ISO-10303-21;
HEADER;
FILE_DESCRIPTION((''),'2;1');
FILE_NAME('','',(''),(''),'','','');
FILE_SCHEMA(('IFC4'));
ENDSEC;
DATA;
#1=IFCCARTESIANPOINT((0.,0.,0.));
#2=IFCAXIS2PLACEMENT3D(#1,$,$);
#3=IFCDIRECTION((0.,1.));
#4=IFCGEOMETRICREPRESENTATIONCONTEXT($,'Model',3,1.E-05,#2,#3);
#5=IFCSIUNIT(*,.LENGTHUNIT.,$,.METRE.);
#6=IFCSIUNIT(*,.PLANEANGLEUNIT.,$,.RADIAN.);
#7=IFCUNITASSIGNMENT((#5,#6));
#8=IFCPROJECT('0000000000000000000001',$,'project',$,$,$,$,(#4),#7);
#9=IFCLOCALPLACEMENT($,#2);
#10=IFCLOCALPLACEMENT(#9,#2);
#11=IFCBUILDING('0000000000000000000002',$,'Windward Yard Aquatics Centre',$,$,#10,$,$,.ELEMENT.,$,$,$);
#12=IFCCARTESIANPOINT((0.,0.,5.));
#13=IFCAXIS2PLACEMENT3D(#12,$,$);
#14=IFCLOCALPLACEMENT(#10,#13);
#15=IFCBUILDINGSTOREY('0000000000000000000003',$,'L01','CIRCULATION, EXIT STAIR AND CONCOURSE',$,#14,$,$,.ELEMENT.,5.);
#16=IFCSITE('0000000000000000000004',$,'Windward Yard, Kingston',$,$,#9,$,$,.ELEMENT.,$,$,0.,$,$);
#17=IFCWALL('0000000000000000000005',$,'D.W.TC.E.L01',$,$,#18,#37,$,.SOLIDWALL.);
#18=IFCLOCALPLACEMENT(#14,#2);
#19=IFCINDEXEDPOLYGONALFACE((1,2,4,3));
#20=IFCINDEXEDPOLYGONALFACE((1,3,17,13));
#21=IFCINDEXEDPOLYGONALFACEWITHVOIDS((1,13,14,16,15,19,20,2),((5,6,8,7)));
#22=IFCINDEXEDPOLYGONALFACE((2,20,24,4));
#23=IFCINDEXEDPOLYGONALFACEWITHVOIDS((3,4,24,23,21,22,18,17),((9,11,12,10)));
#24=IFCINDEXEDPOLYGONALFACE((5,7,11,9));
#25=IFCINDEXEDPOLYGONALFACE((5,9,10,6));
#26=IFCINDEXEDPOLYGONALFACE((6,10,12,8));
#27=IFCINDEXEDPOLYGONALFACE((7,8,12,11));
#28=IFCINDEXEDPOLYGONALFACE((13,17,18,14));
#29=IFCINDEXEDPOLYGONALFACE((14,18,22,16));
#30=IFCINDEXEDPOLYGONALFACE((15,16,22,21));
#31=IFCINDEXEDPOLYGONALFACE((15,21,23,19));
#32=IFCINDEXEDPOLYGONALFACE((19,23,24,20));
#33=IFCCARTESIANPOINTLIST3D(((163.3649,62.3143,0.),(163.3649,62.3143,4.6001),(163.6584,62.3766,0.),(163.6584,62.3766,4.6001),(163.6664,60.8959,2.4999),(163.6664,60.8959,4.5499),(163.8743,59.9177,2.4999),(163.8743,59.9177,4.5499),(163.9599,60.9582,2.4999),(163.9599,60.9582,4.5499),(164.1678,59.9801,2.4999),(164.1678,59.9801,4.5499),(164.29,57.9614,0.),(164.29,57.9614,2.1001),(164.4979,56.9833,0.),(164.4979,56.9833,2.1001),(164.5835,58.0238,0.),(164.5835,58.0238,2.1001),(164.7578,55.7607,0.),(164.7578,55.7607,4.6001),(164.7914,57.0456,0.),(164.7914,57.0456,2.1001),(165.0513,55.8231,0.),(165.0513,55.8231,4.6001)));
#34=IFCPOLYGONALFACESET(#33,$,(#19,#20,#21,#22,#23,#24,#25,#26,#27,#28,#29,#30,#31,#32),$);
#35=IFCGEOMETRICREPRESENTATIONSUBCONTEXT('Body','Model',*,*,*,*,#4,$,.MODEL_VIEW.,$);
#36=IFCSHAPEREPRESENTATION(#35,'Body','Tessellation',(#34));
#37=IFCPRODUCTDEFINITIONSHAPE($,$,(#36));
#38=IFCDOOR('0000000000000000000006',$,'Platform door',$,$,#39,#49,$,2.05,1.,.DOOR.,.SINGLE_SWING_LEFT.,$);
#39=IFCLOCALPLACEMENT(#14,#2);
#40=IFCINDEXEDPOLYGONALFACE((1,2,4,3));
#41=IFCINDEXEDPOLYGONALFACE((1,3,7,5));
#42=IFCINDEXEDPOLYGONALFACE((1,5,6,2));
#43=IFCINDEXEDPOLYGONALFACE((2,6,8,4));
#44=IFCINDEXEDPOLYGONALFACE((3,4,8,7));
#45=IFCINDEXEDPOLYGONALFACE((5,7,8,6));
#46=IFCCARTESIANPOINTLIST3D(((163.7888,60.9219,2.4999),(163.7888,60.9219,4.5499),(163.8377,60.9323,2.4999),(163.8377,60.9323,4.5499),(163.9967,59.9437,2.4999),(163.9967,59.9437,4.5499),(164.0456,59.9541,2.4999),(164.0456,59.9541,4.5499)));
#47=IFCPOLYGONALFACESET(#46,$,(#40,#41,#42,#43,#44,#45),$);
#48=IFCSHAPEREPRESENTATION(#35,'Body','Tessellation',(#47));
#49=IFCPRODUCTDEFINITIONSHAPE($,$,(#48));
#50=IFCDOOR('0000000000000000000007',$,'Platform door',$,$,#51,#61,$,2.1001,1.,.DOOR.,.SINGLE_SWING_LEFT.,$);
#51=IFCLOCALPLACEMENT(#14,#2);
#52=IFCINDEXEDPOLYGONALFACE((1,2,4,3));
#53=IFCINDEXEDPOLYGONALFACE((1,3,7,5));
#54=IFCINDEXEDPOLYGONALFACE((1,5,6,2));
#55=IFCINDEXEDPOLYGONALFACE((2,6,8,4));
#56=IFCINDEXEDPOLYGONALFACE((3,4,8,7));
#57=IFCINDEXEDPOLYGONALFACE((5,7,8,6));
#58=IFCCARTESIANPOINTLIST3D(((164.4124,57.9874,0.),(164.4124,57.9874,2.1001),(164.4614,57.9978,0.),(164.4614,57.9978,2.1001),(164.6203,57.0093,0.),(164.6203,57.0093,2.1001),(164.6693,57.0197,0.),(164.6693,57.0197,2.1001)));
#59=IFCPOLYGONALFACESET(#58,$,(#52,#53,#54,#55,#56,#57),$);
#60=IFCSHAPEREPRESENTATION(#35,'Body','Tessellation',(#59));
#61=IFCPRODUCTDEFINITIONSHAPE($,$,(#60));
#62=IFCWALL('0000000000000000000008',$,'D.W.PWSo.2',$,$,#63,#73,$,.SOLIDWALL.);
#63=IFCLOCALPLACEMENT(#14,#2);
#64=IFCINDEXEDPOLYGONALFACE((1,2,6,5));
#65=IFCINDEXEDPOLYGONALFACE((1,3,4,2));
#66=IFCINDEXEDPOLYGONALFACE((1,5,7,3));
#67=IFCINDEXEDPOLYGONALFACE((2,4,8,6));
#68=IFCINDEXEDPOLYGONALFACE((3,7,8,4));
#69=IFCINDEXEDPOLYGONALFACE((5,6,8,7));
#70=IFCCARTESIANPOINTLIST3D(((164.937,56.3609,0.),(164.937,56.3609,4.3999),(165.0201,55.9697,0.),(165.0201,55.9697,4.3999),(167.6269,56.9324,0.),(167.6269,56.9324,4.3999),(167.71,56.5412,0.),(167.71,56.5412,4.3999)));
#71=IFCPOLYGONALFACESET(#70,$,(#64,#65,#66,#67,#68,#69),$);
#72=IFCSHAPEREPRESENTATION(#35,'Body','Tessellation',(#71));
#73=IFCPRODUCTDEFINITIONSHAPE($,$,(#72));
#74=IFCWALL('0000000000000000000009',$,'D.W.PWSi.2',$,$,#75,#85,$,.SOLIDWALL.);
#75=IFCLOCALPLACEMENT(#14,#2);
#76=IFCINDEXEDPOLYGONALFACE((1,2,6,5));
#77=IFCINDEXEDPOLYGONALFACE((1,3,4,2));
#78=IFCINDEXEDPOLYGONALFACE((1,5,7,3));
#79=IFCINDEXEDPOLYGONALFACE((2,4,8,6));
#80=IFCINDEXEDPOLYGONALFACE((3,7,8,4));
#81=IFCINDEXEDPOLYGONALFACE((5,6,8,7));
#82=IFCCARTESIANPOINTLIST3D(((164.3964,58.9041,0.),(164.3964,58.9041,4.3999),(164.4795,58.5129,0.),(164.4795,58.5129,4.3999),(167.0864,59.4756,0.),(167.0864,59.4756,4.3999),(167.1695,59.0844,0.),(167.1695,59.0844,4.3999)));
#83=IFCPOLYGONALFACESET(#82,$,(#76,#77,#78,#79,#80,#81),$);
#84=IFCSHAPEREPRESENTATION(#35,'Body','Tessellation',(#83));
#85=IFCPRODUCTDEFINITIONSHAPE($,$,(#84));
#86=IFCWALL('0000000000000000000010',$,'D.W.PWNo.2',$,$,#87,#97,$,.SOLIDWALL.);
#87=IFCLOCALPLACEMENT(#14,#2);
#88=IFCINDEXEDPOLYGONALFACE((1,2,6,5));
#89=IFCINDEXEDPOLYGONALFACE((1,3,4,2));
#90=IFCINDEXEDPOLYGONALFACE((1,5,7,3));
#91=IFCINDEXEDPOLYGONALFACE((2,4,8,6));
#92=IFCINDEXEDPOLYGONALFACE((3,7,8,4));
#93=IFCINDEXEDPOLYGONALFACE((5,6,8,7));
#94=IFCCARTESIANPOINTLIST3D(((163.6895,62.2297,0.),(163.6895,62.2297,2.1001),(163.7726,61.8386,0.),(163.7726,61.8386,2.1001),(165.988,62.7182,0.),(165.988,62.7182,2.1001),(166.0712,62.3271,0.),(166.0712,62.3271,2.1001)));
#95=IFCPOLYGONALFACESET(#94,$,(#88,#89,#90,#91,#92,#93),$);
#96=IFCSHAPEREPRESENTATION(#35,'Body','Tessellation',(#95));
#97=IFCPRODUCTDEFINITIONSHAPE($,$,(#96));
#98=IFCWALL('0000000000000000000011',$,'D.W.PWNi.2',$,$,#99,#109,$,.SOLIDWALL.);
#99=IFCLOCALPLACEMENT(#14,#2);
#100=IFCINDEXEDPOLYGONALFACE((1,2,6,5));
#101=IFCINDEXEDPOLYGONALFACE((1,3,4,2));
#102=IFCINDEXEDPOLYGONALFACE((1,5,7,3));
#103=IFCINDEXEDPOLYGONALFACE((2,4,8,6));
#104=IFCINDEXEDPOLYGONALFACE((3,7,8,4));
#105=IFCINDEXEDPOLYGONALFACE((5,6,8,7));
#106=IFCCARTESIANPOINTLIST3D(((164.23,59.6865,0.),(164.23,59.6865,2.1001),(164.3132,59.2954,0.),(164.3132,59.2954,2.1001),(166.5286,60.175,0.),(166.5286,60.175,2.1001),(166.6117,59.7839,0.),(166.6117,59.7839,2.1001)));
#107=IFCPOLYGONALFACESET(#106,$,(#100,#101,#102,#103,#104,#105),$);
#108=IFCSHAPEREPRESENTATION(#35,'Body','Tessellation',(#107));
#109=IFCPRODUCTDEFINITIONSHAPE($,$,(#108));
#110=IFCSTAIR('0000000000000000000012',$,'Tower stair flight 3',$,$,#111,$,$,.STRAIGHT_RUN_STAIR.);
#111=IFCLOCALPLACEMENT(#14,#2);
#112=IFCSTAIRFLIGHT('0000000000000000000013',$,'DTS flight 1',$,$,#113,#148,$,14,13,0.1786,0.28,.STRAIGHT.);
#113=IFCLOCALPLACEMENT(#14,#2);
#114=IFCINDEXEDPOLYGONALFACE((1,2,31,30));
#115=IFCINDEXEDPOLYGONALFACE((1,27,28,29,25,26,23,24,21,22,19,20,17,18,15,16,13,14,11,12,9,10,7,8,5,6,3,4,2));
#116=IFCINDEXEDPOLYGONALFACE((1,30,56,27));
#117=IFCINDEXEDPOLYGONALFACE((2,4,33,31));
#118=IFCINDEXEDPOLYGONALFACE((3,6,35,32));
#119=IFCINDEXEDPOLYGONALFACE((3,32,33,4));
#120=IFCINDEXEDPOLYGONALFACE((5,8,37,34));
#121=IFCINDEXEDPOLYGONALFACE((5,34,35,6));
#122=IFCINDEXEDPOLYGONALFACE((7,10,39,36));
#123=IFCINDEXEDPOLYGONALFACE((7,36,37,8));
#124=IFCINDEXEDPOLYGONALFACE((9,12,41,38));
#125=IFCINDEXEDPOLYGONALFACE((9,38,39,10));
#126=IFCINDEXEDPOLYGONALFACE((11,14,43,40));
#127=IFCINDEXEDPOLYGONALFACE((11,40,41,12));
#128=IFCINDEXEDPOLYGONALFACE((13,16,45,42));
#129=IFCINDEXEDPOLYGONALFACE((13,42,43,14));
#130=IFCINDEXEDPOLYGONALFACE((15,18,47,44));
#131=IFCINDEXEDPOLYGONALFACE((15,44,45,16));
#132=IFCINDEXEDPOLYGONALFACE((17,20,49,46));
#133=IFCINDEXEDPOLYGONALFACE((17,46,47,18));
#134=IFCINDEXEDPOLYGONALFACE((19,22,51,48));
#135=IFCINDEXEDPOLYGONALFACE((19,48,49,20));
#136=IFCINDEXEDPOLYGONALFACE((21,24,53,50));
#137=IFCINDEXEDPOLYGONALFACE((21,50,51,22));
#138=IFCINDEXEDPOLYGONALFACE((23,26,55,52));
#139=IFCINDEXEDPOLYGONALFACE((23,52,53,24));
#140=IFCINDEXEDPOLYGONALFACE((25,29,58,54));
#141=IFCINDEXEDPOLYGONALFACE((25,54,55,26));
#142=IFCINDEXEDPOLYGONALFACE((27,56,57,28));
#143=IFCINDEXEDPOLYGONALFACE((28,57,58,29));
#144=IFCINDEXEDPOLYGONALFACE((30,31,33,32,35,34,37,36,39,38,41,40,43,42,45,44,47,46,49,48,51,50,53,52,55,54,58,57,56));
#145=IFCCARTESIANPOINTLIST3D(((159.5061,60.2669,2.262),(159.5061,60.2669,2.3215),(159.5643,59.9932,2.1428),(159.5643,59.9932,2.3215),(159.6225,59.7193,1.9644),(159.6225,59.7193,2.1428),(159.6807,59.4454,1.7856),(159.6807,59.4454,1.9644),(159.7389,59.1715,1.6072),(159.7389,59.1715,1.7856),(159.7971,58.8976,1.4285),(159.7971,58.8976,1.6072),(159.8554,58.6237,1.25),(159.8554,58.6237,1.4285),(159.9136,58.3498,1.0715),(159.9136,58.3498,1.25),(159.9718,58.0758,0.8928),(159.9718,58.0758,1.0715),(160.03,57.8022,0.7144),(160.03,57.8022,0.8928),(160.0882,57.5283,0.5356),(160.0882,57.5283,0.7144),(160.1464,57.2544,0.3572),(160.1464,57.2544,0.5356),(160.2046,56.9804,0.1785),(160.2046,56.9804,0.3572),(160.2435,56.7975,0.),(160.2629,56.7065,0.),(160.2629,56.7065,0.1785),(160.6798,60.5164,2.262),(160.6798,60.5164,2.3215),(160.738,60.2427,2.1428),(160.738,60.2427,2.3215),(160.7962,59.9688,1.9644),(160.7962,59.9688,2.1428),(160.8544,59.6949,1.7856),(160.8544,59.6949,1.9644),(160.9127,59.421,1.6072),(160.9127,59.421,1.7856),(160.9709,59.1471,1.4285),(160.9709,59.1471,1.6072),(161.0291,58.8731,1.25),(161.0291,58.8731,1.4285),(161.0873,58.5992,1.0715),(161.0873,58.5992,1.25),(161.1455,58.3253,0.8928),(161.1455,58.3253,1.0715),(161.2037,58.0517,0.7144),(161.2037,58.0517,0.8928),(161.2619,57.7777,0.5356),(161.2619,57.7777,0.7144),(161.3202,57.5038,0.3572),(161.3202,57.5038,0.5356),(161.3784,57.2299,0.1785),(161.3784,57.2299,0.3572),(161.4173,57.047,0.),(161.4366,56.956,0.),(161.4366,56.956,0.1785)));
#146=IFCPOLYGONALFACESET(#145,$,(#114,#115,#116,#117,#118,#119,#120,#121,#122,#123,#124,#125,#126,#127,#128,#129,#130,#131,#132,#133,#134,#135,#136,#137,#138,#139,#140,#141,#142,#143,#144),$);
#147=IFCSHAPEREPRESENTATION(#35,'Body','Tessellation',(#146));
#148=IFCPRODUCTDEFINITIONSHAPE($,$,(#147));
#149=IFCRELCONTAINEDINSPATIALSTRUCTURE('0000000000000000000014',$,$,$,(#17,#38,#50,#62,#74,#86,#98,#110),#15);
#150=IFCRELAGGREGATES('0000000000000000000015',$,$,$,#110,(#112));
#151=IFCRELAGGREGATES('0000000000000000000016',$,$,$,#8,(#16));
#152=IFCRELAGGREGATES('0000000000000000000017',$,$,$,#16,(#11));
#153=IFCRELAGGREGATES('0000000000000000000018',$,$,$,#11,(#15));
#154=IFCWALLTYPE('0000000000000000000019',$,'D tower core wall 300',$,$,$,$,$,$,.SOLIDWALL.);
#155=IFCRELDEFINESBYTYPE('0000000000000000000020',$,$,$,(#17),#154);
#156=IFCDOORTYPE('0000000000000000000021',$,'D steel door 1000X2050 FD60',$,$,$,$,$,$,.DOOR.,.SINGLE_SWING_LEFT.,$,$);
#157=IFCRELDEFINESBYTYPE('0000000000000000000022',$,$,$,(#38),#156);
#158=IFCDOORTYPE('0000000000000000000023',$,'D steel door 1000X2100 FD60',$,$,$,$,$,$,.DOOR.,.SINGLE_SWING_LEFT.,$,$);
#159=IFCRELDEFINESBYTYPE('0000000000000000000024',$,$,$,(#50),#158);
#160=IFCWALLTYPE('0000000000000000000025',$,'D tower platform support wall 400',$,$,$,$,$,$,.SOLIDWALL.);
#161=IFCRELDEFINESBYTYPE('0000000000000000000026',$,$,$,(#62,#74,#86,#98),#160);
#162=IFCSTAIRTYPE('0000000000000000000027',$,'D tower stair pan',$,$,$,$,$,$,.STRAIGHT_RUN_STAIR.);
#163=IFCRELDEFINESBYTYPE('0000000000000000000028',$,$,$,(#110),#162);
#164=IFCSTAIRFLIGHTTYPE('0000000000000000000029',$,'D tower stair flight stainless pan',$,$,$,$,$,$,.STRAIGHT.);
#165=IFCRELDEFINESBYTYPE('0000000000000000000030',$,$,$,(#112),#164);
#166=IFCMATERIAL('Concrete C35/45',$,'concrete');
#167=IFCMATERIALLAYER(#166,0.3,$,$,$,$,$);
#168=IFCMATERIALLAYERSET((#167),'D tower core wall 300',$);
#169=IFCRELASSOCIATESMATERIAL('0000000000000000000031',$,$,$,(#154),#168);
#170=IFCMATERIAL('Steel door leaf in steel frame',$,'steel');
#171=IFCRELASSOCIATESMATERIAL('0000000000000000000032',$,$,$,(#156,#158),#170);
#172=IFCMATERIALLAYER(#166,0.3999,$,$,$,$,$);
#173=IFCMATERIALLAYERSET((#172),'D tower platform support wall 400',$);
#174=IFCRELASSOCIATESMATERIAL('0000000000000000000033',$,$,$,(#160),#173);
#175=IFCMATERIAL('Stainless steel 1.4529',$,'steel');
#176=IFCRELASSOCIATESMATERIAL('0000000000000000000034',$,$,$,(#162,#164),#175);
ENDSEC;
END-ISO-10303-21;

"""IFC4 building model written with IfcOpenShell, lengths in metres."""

from ifc_helpers import new_model, si_unit, direction, frame, frame_2d, origin, place, context, subcontext, project, spatial, polyline, rectangle, outline, extrude, material, layer, layer_set, type_object, element, fill, aggregate, save


model = new_model("IFC4")

# Units and contexts
model_context = context("Model", 3, precision=1e-05, world=origin(), true_north=direction((0.0, 1.0)))
body_context = subcontext(model_context, "Body", "Model", "MODEL_VIEW")
ifc_project = project(units=[si_unit("LENGTHUNIT", "METRE"), si_unit("PLANEANGLEUNIT", "RADIAN")], contexts=[model_context])

# Site, building, storey
site_placement = place(None, origin())
site = spatial("IfcSite", under=ifc_project, at=site_placement, Name="Windward Yard, Kingston", CompositionType="ELEMENT", RefElevation=0.0)
building_placement = place(site_placement, origin())
building = spatial("IfcBuilding", under=site, at=building_placement, Name="Windward Yard Aquatics Centre", CompositionType="ELEMENT")
storey_placement = place(building_placement, frame((0.0, 0.0, 5.0)))
storey = spatial("IfcBuildingStorey", under=building, at=storey_placement, Name="L01", Description="CIRCULATION, EXIT STAIR AND CONCOURSE", CompositionType="ELEMENT", Elevation=5.0)

# Shared definitions
ifc_material_1 = material(Name="Concrete C35/45", Category="concrete")
ifc_layer_1 = layer(ifc_material_1, 0.3)
ifc_layer_set_1 = layer_set([ifc_layer_1], Name="D tower core wall 300")
wall_type_1 = type_object("IfcWallType", Name="D tower core wall 300", PredefinedType="SOLIDWALL", material=ifc_layer_set_1)

# Wall, openings, doors
wall_1_placement = place(storey_placement, frame((164.9045, 55.7917, 0.0), z_axis=(0.0, 0.0, 1.0), x_axis=(-0.207889, 0.978152, 0.0)))
wall_1 = element("IfcWall", 1, at=wall_1_placement, inside=storey, type_object=wall_type_1, Name="D.W.TC.E.L01", PredefinedType="SOLIDWALL", context=body_context, shape_type="SweptSolid", body=[
    extrude(rectangle(XDim=6.7, YDim=0.3, at=frame_2d((3.3501, 0.0))), origin(), (0.0, 0.0, 1.0), 4.6001),
])
opening_1_placement = place(wall_1_placement, frame((1.25, 0.0, 0.0)))
opening_1 = element("IfcOpeningElement", 2, at=opening_1_placement, cuts=wall_1, PredefinedType="OPENING", context=body_context, shape_type="SweptSolid", body=[
    extrude(rectangle(XDim=1.0, YDim=2.1001, at=frame_2d((0.5, 1.05))), frame((0.0, 0.1602, 0.0), z_axis=(0.0, -1.0, 0.0), x_axis=(1.0, 0.0, 0.0)), (0.0, 0.0, 1.0), 0.3201),
])
opening_2_placement = place(wall_1_placement, frame((4.25, 0.0, 2.5)))
opening_2 = element("IfcOpeningElement", 3, at=opening_2_placement, cuts=wall_1, PredefinedType="OPENING", context=body_context, shape_type="SweptSolid", body=[
    extrude(rectangle(XDim=1.0, YDim=2.05, at=frame_2d((0.5, 1.0249))), frame((0.0, 0.1602, 0.0), z_axis=(0.0, -1.0, 0.0), x_axis=(1.0, 0.0, 0.0)), (0.0, 0.0, 1.0), 0.3201),
])
ifc_material_2 = material(Name="Steel door leaf in steel frame", Category="steel")
door_type_1 = type_object("IfcDoorType", Name="D steel door 1000X2050 FD60", OperationType="SINGLE_SWING_LEFT", PredefinedType="DOOR", material=ifc_material_2)
door_1_placement = place(opening_2_placement, origin())
door_1 = element("IfcDoor", 4, at=door_1_placement, inside=storey, type_object=door_type_1, Name="Platform door", OperationType="SINGLE_SWING_LEFT", OverallHeight=2.05, OverallWidth=1.0, PredefinedType="DOOR", context=body_context, shape_type="SweptSolid", body=[
    extrude(rectangle(XDim=1.0, YDim=2.05, at=frame_2d((0.5, 1.0249))), frame((0.0, 0.0249, 0.0), z_axis=(0.0, -1.0, 0.0), x_axis=(1.0, 0.0, 0.0)), (0.0, 0.0, 1.0), 0.05),
])
fill(opening_2, door_1)
door_type_2 = type_object("IfcDoorType", Name="D steel door 1000X2100 FD60", OperationType="SINGLE_SWING_LEFT", PredefinedType="DOOR", material=ifc_material_2)
door_2_placement = place(opening_1_placement, origin())
door_2 = element("IfcDoor", 5, at=door_2_placement, inside=storey, type_object=door_type_2, Name="Platform door", OperationType="SINGLE_SWING_LEFT", OverallHeight=2.1001, OverallWidth=1.0, PredefinedType="DOOR", context=body_context, shape_type="SweptSolid", body=[
    extrude(rectangle(XDim=1.0, YDim=2.1001, at=frame_2d((0.5, 1.05))), frame((0.0, 0.0249, 0.0), z_axis=(0.0, -1.0, 0.0), x_axis=(1.0, 0.0, 0.0)), (0.0, 0.0, 1.0), 0.05),
])
fill(opening_1, door_2)

# Walls
ifc_layer_2 = layer(ifc_material_1, 0.3999)
ifc_layer_set_2 = layer_set([ifc_layer_2], Name="D tower platform support wall 400")
wall_type_2 = type_object("IfcWallType", Name="D tower platform support wall 400", PredefinedType="SOLIDWALL", material=ifc_layer_set_2)
for number, where, z_axis, x_axis, name in (
    (6, (164.9785, 56.1653, 0.0), (0.0, 0.0, 1.0), (0.978165, 0.207831, 0.0), "D.W.PWSo.2"),
    (7, (164.438, 58.7085, 0.0), (0.0, 0.0, 1.0), (0.978165, 0.207831, 0.0), "D.W.PWSi.2"),
):
    element("IfcWall", number, at=place(storey_placement, frame(where, z_axis=z_axis, x_axis=x_axis)), inside=storey, type_object=wall_type_2, Name=name, PredefinedType="SOLIDWALL", context=body_context, shape_type="SweptSolid", body=[
        extrude(rectangle(XDim=2.75, YDim=0.3999, at=frame_2d((1.375, 0.0))), origin(), (0.0, 0.0, 1.0), 4.3999),
    ])
for number, where, z_axis, x_axis, name in (
    (8, (163.7312, 62.0342, 0.0), (0.0, 0.0, 1.0), (0.978152, 0.20789, 0.0), "D.W.PWNo.2"),
    (9, (164.2717, 59.491, 0.0), (0.0, 0.0, 1.0), (0.978152, 0.20789, 0.0), "D.W.PWNi.2"),
):
    element("IfcWall", number, at=place(storey_placement, frame(where, z_axis=z_axis, x_axis=x_axis)), inside=storey, type_object=wall_type_2, Name=name, PredefinedType="SOLIDWALL", context=body_context, shape_type="SweptSolid", body=[
        extrude(rectangle(XDim=2.3499, YDim=0.3999, at=frame_2d((1.1748, 0.0))), origin(), (0.0, 0.0, 1.0), 2.1001),
    ])

# Stair, stair flight
ifc_material_3 = material(Name="Stainless steel 1.4529", Category="steel")
stair_type = type_object("IfcStairType", Name="D tower stair pan", PredefinedType="STRAIGHT_RUN_STAIR", material=ifc_material_3)
stair_1_placement = place(storey_placement, origin())
stair_1 = element("IfcStair", 10, at=stair_1_placement, inside=storey, type_object=stair_type, Name="Tower stair flight 3", PredefinedType="STRAIGHT_RUN_STAIR")
stair_flight_type = type_object("IfcStairFlightType", Name="D tower stair flight stainless pan", PredefinedType="STRAIGHT", material=ifc_material_3)
stair_flight_1_placement = place(storey_placement, frame((160.8499, 56.8313, 0.0), z_axis=(0.0, 0.0, 1.0), x_axis=(-0.207912, 0.978148, 0.0)))
stair_flight_1 = element("IfcStairFlight", 11, at=stair_flight_1_placement, type_object=stair_flight_type, Name="DTS flight 1", NumberOfRisers=14, NumberOfTreads=13, PredefinedType="STRAIGHT", RiserHeight=0.1786, TreadLength=0.28, context=body_context, shape_type="SweptSolid", body=[
    extrude(outline(polyline([(0.0, 0.0), (0.0, 0.1785), (0.28, 0.1785), (0.28, 0.3572), (0.5601, 0.3572), (0.5601, 0.5356), (0.8401, 0.5356), (0.8401, 0.7144), (1.1201, 0.7144), (1.1201, 0.8928), (1.3999, 0.8928), (1.3999, 1.0715), (1.6799, 1.0715), (1.6799, 1.25), (1.96, 1.25), (1.96, 1.4285), (2.24, 1.4285), (2.24, 1.6072), (2.52, 1.6072), (2.52, 1.7856), (2.8, 1.7856), (2.8, 1.9644), (3.0801, 1.9644), (3.0801, 2.1428), (3.3601, 2.1428), (3.3601, 2.3215), (3.6399, 2.3215), (3.6399, 2.5), (3.6399, 2.262), (0.093, 0.0), (0.0, 0.0)])), frame((0.0, 0.6001, 0.0), z_axis=(0.0, -1.0, 0.0), x_axis=(1.0, 0.0, 0.0)), (0.0, 0.0, 1.0), 1.2),
])
aggregate(stair_1, [stair_flight_1])

save(model, "model.ifc")
